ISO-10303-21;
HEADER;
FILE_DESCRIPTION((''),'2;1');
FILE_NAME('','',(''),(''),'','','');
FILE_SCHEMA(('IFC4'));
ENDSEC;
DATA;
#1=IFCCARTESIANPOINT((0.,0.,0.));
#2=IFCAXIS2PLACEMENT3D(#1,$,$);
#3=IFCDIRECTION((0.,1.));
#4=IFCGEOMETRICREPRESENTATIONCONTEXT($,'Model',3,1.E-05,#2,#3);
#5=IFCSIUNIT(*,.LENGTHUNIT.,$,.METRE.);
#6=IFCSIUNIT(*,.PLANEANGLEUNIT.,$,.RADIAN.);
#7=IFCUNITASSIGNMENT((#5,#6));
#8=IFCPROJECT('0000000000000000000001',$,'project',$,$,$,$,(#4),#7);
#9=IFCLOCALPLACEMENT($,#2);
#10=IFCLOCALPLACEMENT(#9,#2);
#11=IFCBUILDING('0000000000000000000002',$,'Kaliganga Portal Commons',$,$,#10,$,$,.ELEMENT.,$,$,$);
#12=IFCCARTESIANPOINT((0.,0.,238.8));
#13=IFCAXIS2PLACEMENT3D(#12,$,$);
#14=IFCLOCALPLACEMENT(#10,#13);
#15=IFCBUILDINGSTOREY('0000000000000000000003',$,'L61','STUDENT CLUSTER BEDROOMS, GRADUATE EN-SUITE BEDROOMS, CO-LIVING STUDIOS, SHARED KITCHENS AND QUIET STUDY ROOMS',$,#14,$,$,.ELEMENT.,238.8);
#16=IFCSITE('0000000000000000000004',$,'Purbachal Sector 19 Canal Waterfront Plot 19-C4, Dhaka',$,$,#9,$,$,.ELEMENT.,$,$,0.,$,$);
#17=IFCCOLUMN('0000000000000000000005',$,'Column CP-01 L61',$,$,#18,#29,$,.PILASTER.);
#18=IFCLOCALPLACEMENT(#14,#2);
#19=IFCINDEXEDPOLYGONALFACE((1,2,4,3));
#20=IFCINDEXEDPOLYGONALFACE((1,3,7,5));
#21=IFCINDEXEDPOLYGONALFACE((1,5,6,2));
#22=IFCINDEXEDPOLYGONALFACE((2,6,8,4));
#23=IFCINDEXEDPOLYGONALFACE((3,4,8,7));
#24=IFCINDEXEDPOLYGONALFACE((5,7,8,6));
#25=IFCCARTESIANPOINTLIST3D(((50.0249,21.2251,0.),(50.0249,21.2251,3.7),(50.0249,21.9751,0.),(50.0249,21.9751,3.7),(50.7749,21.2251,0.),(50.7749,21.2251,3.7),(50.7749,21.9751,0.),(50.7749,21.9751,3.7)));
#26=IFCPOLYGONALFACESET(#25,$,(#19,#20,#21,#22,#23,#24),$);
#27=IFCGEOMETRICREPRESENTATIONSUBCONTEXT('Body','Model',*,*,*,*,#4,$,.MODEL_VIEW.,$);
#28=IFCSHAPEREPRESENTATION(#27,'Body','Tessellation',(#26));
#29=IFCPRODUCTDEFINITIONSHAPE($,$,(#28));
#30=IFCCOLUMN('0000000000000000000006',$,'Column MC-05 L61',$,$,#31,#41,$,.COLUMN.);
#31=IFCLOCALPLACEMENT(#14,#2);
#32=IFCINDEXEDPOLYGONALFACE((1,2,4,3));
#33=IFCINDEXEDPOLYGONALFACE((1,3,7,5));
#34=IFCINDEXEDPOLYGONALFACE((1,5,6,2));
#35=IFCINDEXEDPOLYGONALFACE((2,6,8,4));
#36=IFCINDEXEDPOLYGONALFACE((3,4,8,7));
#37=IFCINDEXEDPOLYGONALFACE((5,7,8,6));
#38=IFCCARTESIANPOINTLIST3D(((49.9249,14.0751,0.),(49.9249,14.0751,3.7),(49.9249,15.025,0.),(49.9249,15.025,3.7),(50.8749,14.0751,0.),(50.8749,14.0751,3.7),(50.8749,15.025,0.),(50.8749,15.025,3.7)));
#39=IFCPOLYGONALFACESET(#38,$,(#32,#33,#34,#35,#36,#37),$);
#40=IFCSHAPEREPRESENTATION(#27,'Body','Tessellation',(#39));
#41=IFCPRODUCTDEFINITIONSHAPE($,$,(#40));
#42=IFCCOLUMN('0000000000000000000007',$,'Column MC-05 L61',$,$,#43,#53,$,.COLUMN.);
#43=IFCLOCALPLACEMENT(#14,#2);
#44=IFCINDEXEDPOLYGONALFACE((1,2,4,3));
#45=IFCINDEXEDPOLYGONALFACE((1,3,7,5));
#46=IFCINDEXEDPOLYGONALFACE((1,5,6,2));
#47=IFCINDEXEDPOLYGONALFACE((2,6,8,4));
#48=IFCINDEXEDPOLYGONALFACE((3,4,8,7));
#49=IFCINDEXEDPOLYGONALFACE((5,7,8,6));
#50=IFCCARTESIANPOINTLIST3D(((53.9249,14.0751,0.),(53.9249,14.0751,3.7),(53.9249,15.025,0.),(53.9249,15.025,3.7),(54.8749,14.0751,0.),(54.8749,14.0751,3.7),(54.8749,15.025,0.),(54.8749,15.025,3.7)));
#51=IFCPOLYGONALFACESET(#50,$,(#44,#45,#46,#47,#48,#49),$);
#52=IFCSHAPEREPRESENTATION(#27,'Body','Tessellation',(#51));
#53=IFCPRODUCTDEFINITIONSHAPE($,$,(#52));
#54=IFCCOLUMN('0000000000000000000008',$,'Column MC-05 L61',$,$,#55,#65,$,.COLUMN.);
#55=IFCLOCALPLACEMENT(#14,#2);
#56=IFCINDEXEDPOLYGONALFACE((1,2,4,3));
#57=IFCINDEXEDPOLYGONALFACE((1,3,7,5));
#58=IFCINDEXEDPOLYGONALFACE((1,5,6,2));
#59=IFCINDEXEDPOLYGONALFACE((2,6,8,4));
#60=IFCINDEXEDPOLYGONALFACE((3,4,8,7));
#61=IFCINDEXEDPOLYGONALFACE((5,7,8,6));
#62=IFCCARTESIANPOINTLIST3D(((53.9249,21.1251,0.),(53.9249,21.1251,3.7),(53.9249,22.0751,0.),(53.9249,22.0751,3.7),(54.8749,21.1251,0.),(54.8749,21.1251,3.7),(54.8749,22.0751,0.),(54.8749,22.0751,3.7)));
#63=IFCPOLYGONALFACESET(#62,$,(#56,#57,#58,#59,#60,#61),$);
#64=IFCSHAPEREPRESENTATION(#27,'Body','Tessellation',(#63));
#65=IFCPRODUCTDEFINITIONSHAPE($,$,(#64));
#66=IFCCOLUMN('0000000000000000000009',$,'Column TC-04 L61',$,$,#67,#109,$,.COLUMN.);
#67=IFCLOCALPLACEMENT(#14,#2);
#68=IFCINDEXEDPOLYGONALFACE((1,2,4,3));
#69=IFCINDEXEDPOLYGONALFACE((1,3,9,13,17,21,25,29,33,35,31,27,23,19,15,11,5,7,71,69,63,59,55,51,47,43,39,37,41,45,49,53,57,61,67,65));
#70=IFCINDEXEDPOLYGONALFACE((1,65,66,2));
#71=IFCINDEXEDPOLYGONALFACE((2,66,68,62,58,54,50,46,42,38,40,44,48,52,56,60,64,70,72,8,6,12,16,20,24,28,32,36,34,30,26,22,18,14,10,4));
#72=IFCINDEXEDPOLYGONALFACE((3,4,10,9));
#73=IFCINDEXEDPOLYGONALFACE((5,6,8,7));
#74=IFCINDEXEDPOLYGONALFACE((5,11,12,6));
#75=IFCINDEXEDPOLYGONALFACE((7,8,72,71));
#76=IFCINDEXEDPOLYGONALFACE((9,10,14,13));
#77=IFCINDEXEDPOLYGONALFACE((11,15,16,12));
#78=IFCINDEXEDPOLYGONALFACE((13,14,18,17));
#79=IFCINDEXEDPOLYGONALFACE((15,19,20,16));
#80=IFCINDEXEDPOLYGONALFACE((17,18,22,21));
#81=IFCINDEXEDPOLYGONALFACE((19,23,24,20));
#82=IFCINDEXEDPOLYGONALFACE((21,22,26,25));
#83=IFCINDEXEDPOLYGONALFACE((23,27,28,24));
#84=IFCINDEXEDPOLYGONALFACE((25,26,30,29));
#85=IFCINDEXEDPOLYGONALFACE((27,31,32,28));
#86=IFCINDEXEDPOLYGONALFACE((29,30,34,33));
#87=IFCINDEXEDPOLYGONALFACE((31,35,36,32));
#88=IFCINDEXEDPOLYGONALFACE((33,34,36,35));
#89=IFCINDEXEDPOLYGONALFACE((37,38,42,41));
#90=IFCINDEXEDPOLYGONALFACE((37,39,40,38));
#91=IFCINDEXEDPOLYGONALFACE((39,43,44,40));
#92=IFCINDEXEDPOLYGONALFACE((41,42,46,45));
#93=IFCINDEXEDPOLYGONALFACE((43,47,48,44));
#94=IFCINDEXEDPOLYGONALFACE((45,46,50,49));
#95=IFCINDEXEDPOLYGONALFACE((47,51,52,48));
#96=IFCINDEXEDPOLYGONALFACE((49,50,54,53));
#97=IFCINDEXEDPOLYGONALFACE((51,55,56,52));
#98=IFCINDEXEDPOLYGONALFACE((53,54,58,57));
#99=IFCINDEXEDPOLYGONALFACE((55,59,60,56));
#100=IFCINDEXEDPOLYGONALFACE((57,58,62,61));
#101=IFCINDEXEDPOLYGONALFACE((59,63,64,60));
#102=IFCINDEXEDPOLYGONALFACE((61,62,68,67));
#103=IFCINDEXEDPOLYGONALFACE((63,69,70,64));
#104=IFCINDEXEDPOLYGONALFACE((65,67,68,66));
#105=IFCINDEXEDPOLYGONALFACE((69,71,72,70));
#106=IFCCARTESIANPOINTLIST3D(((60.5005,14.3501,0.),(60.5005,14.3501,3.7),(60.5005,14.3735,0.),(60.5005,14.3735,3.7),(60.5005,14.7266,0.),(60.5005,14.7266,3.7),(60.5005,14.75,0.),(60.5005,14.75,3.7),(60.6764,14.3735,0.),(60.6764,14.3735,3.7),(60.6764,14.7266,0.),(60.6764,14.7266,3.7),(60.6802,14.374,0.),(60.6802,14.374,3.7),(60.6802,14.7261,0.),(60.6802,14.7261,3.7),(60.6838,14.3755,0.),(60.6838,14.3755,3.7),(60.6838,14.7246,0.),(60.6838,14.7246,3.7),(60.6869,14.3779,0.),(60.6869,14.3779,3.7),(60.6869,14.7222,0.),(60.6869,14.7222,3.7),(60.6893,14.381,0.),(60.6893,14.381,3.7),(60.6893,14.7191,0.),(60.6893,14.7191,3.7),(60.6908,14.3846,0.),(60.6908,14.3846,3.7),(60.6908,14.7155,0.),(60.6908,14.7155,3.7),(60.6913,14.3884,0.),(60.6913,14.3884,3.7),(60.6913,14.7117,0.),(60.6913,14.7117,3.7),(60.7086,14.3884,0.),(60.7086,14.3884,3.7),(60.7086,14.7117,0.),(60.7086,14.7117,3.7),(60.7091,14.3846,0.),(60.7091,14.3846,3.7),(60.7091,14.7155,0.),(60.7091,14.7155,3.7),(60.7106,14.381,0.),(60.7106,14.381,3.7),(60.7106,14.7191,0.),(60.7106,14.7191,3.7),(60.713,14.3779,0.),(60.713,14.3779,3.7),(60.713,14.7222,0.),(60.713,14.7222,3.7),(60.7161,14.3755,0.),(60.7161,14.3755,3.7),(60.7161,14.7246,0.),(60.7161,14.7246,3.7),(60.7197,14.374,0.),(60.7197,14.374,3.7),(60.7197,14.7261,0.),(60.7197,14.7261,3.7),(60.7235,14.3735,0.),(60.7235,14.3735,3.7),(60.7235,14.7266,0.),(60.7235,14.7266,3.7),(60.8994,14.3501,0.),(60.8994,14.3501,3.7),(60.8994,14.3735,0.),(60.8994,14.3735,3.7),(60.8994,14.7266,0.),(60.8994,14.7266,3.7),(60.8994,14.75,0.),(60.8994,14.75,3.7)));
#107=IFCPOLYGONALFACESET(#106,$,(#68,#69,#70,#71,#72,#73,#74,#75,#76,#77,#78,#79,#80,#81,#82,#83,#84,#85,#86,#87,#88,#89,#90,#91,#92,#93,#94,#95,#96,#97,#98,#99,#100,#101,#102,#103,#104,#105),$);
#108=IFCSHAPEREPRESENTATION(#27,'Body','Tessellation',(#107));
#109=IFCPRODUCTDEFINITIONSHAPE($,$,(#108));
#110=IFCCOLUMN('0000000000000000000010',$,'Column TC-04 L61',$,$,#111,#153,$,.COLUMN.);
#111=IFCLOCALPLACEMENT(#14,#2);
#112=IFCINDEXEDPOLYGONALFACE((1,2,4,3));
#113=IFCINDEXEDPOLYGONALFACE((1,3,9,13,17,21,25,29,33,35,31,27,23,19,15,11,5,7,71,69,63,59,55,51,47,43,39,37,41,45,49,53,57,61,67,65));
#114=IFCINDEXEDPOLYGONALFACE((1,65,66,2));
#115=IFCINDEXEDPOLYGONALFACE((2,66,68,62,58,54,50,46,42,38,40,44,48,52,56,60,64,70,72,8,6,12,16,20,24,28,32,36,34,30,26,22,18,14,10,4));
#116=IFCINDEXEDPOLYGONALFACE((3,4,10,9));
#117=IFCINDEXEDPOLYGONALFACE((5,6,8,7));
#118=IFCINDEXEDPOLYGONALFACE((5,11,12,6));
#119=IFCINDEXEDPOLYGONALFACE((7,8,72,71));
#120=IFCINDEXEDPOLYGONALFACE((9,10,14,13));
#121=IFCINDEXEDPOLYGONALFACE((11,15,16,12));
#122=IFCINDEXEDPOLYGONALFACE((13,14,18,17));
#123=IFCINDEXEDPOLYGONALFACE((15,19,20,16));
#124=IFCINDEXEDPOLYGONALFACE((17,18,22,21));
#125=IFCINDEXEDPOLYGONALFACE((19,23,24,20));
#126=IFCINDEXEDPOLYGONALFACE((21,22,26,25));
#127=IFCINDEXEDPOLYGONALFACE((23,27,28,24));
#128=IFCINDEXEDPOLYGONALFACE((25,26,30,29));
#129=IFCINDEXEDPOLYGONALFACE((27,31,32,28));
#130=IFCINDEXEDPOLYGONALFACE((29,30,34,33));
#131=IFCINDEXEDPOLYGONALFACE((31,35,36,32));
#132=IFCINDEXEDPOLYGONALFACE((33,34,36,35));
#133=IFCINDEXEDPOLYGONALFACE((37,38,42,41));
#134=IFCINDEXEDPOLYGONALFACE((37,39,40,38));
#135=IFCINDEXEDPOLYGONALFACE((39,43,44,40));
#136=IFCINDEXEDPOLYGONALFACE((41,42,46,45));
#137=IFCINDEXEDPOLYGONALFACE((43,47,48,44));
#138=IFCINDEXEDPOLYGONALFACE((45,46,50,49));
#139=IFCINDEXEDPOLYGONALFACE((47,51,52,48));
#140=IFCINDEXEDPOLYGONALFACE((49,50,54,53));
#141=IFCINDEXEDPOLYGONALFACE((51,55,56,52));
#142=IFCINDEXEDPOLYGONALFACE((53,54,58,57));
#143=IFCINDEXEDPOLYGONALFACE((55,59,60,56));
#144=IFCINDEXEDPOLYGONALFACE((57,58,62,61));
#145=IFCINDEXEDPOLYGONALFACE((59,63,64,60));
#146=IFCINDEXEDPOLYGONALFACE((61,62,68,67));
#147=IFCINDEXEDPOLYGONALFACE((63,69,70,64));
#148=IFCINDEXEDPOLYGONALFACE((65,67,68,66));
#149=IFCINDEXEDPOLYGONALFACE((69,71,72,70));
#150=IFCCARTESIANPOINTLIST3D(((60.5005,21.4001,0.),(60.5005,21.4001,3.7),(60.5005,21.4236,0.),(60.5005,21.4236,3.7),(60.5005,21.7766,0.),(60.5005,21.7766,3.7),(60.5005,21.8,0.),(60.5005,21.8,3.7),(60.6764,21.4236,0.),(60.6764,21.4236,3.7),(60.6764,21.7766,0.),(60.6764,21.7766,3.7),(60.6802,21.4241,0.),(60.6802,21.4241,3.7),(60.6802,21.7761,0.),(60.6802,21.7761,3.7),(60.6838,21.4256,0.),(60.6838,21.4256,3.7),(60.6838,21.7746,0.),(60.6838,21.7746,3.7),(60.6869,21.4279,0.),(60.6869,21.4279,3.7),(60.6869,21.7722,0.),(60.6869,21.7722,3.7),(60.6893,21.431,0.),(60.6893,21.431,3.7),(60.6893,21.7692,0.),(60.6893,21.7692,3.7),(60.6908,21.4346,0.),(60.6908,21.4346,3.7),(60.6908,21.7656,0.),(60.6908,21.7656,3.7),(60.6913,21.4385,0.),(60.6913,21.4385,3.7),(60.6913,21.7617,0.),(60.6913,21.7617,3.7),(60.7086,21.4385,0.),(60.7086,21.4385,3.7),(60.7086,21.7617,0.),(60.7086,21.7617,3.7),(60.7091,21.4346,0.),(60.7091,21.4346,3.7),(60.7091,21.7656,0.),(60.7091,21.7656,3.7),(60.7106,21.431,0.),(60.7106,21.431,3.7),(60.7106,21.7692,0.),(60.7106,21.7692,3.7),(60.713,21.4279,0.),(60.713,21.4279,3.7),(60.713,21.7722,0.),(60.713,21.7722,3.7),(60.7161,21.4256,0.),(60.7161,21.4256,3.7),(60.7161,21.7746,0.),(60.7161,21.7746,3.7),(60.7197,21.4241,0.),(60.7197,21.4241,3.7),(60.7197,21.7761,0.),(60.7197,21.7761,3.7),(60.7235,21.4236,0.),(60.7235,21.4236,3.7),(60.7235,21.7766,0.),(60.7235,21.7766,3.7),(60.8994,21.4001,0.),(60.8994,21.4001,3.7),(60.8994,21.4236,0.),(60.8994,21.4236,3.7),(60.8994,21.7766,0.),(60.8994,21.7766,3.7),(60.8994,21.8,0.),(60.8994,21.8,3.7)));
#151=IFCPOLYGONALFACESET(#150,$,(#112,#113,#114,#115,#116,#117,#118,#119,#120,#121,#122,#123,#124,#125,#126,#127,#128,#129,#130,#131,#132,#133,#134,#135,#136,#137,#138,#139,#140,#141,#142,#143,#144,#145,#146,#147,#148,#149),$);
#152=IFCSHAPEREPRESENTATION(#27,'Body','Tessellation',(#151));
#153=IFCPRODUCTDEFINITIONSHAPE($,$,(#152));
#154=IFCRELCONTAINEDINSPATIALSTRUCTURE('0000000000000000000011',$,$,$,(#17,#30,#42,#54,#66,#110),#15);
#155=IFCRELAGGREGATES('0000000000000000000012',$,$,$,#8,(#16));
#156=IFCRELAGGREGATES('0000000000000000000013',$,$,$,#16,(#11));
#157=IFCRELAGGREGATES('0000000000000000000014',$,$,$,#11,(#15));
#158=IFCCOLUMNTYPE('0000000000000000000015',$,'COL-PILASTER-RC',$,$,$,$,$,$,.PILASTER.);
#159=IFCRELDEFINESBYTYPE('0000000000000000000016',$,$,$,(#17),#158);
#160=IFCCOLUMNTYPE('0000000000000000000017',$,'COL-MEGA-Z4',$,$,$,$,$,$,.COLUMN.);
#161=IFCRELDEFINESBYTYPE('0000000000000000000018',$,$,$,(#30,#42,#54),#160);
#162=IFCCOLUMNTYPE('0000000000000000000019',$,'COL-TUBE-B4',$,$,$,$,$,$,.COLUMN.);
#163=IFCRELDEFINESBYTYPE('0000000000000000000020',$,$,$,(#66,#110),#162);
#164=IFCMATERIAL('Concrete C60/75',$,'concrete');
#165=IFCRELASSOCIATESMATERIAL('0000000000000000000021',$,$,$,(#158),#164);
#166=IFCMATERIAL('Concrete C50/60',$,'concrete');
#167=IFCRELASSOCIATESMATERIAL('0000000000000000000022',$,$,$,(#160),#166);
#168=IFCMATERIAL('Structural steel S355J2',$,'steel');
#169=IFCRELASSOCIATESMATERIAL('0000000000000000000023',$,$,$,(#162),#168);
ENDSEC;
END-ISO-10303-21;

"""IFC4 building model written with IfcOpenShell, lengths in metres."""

from ifc_helpers import new_model, si_unit, direction, frame, origin, origin_2d, place, context, subcontext, project, spatial, rectangle, i_section, extrude, source, transform, mapped, material, material_profile, profile_set, type_object, element, save


model = new_model("IFC4")

# Units and contexts
model_context = context("Model", 3, precision=1e-05, world=origin(), true_north=direction((0.0, 1.0)))
body_context = subcontext(model_context, "Body", "Model", "MODEL_VIEW")
ifc_project = project(units=[si_unit("LENGTHUNIT", "METRE"), si_unit("PLANEANGLEUNIT", "RADIAN")], contexts=[model_context])

# Site, building, storey
site_placement = place(None, origin())
site = spatial("IfcSite", under=ifc_project, at=site_placement, Name="Purbachal Sector 19 Canal Waterfront Plot 19-C4, Dhaka", CompositionType="ELEMENT", RefElevation=0.0)
building_placement = place(site_placement, origin())
building = spatial("IfcBuilding", under=site, at=building_placement, Name="Kaliganga Portal Commons", CompositionType="ELEMENT")
storey_placement = place(building_placement, frame((0.0, 0.0, 238.8)))
storey = spatial("IfcBuildingStorey", under=building, at=storey_placement, Name="L61", Description="STUDENT CLUSTER BEDROOMS, GRADUATE EN-SUITE BEDROOMS, CO-LIVING STUDIOS, SHARED KITCHENS AND QUIET STUDY ROOMS", CompositionType="ELEMENT", Elevation=238.8)

# Columns
ifc_material_1 = material(Name="Concrete C60/75", Category="concrete")
ifc_material_profile_1 = material_profile(ifc_material_1, rectangle(XDim=0.75, YDim=0.75, at=origin_2d()), Name="RC 750x750")
ifc_profile_set_1 = profile_set([ifc_material_profile_1], Name="Concrete C60/75")
column_type_1 = type_object("IfcColumnType", Name="COL-PILASTER-RC", PredefinedType="PILASTER", material=ifc_profile_set_1)
shared_shape_1 = source(origin(), body_context, "Body", "SweptSolid", [
    extrude(rectangle(XDim=0.75, YDim=0.75, at=origin_2d()), origin(), (0.0, 0.0, 1.0), 3.7),
])
column_placement = place(storey_placement, frame((50.3999, 21.6001, 0.0), z_axis=(0.0, 0.0, 1.0), x_axis=(1.0, 0.0, 0.0)))
element("IfcColumn", 1, at=column_placement, inside=storey, type_object=column_type_1, Name="Column CP-01 L61", PredefinedType="PILASTER", context=body_context, shape_type="MappedRepresentation", body=[
    mapped(shared_shape_1, transform((0.0, 0.0, 0.0), x_axis=(1.0, 0.0, 0.0), y_axis=(0.0, 1.0, 0.0), z_axis=(0.0, 0.0, 1.0), scale=1.0)),
])
ifc_material_2 = material(Name="Concrete C50/60", Category="concrete")
ifc_material_profile_2 = material_profile(ifc_material_2, rectangle(XDim=0.95, YDim=0.95, at=origin_2d()), Name="RC 950x950")
ifc_profile_set_2 = profile_set([ifc_material_profile_2], Name="Concrete C50/60")
column_type_2 = type_object("IfcColumnType", Name="COL-MEGA-Z4", PredefinedType="COLUMN", material=ifc_profile_set_2)
shared_shape_2 = source(origin(), body_context, "Body", "SweptSolid", [
    extrude(rectangle(XDim=0.95, YDim=0.95, at=origin_2d()), origin(), (0.0, 0.0, 1.0), 3.7),
])
for number, where, z_axis, x_axis, name in (
    (2, (50.3999, 14.55, 0.0), (0.0, 0.0, 1.0), (1.0, 0.0, 0.0), "Column MC-05 L61"),
    (3, (54.3999, 14.55, 0.0), (0.0, 0.0, 1.0), (1.0, 0.0, 0.0), "Column MC-05 L61"),
    (4, (54.3999, 21.6001, 0.0), (0.0, 0.0, 1.0), (1.0, 0.0, 0.0), "Column MC-05 L61"),
):
    element("IfcColumn", number, at=place(storey_placement, frame(where, z_axis=z_axis, x_axis=x_axis)), inside=storey, type_object=column_type_2, Name=name, PredefinedType="COLUMN", context=body_context, shape_type="MappedRepresentation", body=[
        mapped(shared_shape_2, transform((0.0, 0.0, 0.0), x_axis=(1.0, 0.0, 0.0), y_axis=(0.0, 1.0, 0.0), z_axis=(0.0, 0.0, 1.0), scale=1.0)),
    ])
ifc_material_3 = material(Name="Structural steel S355J2", Category="steel")
ifc_material_profile_3 = material_profile(ifc_material_3, i_section(OverallWidth=0.3989, OverallDepth=0.3999, WebThickness=0.0173, FlangeThickness=0.0234, FilletRadius=0.0149, at=origin_2d()), Name="HD 400x287")
ifc_profile_set_3 = profile_set([ifc_material_profile_3], Name="Structural steel S355J2 wide-flange")
column_type_3 = type_object("IfcColumnType", Name="COL-TUBE-B4", PredefinedType="COLUMN", material=ifc_profile_set_3)
shared_shape_3 = source(origin(), body_context, "Body", "SweptSolid", [
    extrude(i_section(OverallWidth=0.3989, OverallDepth=0.3999, WebThickness=0.0173, FlangeThickness=0.0234, FilletRadius=0.0149, at=origin_2d()), origin(), (0.0, 0.0, 1.0), 3.7),
])
for number, where, z_axis, x_axis, name in (
    (5, (60.7, 14.55, 0.0), (0.0, 0.0, 1.0), (1.0, 0.0, 0.0), "Column TC-04 L61"),
    (6, (60.7, 21.6001, 0.0), (0.0, 0.0, 1.0), (1.0, 0.0, 0.0), "Column TC-04 L61"),
):
    element("IfcColumn", number, at=place(storey_placement, frame(where, z_axis=z_axis, x_axis=x_axis)), inside=storey, type_object=column_type_3, Name=name, PredefinedType="COLUMN", context=body_context, shape_type="MappedRepresentation", body=[
        mapped(shared_shape_3, transform((0.0, 0.0, 0.0), x_axis=(1.0, 0.0, 0.0), y_axis=(0.0, 1.0, 0.0), z_axis=(0.0, 0.0, 1.0), scale=1.0)),
    ])

save(model, "model.ifc")
